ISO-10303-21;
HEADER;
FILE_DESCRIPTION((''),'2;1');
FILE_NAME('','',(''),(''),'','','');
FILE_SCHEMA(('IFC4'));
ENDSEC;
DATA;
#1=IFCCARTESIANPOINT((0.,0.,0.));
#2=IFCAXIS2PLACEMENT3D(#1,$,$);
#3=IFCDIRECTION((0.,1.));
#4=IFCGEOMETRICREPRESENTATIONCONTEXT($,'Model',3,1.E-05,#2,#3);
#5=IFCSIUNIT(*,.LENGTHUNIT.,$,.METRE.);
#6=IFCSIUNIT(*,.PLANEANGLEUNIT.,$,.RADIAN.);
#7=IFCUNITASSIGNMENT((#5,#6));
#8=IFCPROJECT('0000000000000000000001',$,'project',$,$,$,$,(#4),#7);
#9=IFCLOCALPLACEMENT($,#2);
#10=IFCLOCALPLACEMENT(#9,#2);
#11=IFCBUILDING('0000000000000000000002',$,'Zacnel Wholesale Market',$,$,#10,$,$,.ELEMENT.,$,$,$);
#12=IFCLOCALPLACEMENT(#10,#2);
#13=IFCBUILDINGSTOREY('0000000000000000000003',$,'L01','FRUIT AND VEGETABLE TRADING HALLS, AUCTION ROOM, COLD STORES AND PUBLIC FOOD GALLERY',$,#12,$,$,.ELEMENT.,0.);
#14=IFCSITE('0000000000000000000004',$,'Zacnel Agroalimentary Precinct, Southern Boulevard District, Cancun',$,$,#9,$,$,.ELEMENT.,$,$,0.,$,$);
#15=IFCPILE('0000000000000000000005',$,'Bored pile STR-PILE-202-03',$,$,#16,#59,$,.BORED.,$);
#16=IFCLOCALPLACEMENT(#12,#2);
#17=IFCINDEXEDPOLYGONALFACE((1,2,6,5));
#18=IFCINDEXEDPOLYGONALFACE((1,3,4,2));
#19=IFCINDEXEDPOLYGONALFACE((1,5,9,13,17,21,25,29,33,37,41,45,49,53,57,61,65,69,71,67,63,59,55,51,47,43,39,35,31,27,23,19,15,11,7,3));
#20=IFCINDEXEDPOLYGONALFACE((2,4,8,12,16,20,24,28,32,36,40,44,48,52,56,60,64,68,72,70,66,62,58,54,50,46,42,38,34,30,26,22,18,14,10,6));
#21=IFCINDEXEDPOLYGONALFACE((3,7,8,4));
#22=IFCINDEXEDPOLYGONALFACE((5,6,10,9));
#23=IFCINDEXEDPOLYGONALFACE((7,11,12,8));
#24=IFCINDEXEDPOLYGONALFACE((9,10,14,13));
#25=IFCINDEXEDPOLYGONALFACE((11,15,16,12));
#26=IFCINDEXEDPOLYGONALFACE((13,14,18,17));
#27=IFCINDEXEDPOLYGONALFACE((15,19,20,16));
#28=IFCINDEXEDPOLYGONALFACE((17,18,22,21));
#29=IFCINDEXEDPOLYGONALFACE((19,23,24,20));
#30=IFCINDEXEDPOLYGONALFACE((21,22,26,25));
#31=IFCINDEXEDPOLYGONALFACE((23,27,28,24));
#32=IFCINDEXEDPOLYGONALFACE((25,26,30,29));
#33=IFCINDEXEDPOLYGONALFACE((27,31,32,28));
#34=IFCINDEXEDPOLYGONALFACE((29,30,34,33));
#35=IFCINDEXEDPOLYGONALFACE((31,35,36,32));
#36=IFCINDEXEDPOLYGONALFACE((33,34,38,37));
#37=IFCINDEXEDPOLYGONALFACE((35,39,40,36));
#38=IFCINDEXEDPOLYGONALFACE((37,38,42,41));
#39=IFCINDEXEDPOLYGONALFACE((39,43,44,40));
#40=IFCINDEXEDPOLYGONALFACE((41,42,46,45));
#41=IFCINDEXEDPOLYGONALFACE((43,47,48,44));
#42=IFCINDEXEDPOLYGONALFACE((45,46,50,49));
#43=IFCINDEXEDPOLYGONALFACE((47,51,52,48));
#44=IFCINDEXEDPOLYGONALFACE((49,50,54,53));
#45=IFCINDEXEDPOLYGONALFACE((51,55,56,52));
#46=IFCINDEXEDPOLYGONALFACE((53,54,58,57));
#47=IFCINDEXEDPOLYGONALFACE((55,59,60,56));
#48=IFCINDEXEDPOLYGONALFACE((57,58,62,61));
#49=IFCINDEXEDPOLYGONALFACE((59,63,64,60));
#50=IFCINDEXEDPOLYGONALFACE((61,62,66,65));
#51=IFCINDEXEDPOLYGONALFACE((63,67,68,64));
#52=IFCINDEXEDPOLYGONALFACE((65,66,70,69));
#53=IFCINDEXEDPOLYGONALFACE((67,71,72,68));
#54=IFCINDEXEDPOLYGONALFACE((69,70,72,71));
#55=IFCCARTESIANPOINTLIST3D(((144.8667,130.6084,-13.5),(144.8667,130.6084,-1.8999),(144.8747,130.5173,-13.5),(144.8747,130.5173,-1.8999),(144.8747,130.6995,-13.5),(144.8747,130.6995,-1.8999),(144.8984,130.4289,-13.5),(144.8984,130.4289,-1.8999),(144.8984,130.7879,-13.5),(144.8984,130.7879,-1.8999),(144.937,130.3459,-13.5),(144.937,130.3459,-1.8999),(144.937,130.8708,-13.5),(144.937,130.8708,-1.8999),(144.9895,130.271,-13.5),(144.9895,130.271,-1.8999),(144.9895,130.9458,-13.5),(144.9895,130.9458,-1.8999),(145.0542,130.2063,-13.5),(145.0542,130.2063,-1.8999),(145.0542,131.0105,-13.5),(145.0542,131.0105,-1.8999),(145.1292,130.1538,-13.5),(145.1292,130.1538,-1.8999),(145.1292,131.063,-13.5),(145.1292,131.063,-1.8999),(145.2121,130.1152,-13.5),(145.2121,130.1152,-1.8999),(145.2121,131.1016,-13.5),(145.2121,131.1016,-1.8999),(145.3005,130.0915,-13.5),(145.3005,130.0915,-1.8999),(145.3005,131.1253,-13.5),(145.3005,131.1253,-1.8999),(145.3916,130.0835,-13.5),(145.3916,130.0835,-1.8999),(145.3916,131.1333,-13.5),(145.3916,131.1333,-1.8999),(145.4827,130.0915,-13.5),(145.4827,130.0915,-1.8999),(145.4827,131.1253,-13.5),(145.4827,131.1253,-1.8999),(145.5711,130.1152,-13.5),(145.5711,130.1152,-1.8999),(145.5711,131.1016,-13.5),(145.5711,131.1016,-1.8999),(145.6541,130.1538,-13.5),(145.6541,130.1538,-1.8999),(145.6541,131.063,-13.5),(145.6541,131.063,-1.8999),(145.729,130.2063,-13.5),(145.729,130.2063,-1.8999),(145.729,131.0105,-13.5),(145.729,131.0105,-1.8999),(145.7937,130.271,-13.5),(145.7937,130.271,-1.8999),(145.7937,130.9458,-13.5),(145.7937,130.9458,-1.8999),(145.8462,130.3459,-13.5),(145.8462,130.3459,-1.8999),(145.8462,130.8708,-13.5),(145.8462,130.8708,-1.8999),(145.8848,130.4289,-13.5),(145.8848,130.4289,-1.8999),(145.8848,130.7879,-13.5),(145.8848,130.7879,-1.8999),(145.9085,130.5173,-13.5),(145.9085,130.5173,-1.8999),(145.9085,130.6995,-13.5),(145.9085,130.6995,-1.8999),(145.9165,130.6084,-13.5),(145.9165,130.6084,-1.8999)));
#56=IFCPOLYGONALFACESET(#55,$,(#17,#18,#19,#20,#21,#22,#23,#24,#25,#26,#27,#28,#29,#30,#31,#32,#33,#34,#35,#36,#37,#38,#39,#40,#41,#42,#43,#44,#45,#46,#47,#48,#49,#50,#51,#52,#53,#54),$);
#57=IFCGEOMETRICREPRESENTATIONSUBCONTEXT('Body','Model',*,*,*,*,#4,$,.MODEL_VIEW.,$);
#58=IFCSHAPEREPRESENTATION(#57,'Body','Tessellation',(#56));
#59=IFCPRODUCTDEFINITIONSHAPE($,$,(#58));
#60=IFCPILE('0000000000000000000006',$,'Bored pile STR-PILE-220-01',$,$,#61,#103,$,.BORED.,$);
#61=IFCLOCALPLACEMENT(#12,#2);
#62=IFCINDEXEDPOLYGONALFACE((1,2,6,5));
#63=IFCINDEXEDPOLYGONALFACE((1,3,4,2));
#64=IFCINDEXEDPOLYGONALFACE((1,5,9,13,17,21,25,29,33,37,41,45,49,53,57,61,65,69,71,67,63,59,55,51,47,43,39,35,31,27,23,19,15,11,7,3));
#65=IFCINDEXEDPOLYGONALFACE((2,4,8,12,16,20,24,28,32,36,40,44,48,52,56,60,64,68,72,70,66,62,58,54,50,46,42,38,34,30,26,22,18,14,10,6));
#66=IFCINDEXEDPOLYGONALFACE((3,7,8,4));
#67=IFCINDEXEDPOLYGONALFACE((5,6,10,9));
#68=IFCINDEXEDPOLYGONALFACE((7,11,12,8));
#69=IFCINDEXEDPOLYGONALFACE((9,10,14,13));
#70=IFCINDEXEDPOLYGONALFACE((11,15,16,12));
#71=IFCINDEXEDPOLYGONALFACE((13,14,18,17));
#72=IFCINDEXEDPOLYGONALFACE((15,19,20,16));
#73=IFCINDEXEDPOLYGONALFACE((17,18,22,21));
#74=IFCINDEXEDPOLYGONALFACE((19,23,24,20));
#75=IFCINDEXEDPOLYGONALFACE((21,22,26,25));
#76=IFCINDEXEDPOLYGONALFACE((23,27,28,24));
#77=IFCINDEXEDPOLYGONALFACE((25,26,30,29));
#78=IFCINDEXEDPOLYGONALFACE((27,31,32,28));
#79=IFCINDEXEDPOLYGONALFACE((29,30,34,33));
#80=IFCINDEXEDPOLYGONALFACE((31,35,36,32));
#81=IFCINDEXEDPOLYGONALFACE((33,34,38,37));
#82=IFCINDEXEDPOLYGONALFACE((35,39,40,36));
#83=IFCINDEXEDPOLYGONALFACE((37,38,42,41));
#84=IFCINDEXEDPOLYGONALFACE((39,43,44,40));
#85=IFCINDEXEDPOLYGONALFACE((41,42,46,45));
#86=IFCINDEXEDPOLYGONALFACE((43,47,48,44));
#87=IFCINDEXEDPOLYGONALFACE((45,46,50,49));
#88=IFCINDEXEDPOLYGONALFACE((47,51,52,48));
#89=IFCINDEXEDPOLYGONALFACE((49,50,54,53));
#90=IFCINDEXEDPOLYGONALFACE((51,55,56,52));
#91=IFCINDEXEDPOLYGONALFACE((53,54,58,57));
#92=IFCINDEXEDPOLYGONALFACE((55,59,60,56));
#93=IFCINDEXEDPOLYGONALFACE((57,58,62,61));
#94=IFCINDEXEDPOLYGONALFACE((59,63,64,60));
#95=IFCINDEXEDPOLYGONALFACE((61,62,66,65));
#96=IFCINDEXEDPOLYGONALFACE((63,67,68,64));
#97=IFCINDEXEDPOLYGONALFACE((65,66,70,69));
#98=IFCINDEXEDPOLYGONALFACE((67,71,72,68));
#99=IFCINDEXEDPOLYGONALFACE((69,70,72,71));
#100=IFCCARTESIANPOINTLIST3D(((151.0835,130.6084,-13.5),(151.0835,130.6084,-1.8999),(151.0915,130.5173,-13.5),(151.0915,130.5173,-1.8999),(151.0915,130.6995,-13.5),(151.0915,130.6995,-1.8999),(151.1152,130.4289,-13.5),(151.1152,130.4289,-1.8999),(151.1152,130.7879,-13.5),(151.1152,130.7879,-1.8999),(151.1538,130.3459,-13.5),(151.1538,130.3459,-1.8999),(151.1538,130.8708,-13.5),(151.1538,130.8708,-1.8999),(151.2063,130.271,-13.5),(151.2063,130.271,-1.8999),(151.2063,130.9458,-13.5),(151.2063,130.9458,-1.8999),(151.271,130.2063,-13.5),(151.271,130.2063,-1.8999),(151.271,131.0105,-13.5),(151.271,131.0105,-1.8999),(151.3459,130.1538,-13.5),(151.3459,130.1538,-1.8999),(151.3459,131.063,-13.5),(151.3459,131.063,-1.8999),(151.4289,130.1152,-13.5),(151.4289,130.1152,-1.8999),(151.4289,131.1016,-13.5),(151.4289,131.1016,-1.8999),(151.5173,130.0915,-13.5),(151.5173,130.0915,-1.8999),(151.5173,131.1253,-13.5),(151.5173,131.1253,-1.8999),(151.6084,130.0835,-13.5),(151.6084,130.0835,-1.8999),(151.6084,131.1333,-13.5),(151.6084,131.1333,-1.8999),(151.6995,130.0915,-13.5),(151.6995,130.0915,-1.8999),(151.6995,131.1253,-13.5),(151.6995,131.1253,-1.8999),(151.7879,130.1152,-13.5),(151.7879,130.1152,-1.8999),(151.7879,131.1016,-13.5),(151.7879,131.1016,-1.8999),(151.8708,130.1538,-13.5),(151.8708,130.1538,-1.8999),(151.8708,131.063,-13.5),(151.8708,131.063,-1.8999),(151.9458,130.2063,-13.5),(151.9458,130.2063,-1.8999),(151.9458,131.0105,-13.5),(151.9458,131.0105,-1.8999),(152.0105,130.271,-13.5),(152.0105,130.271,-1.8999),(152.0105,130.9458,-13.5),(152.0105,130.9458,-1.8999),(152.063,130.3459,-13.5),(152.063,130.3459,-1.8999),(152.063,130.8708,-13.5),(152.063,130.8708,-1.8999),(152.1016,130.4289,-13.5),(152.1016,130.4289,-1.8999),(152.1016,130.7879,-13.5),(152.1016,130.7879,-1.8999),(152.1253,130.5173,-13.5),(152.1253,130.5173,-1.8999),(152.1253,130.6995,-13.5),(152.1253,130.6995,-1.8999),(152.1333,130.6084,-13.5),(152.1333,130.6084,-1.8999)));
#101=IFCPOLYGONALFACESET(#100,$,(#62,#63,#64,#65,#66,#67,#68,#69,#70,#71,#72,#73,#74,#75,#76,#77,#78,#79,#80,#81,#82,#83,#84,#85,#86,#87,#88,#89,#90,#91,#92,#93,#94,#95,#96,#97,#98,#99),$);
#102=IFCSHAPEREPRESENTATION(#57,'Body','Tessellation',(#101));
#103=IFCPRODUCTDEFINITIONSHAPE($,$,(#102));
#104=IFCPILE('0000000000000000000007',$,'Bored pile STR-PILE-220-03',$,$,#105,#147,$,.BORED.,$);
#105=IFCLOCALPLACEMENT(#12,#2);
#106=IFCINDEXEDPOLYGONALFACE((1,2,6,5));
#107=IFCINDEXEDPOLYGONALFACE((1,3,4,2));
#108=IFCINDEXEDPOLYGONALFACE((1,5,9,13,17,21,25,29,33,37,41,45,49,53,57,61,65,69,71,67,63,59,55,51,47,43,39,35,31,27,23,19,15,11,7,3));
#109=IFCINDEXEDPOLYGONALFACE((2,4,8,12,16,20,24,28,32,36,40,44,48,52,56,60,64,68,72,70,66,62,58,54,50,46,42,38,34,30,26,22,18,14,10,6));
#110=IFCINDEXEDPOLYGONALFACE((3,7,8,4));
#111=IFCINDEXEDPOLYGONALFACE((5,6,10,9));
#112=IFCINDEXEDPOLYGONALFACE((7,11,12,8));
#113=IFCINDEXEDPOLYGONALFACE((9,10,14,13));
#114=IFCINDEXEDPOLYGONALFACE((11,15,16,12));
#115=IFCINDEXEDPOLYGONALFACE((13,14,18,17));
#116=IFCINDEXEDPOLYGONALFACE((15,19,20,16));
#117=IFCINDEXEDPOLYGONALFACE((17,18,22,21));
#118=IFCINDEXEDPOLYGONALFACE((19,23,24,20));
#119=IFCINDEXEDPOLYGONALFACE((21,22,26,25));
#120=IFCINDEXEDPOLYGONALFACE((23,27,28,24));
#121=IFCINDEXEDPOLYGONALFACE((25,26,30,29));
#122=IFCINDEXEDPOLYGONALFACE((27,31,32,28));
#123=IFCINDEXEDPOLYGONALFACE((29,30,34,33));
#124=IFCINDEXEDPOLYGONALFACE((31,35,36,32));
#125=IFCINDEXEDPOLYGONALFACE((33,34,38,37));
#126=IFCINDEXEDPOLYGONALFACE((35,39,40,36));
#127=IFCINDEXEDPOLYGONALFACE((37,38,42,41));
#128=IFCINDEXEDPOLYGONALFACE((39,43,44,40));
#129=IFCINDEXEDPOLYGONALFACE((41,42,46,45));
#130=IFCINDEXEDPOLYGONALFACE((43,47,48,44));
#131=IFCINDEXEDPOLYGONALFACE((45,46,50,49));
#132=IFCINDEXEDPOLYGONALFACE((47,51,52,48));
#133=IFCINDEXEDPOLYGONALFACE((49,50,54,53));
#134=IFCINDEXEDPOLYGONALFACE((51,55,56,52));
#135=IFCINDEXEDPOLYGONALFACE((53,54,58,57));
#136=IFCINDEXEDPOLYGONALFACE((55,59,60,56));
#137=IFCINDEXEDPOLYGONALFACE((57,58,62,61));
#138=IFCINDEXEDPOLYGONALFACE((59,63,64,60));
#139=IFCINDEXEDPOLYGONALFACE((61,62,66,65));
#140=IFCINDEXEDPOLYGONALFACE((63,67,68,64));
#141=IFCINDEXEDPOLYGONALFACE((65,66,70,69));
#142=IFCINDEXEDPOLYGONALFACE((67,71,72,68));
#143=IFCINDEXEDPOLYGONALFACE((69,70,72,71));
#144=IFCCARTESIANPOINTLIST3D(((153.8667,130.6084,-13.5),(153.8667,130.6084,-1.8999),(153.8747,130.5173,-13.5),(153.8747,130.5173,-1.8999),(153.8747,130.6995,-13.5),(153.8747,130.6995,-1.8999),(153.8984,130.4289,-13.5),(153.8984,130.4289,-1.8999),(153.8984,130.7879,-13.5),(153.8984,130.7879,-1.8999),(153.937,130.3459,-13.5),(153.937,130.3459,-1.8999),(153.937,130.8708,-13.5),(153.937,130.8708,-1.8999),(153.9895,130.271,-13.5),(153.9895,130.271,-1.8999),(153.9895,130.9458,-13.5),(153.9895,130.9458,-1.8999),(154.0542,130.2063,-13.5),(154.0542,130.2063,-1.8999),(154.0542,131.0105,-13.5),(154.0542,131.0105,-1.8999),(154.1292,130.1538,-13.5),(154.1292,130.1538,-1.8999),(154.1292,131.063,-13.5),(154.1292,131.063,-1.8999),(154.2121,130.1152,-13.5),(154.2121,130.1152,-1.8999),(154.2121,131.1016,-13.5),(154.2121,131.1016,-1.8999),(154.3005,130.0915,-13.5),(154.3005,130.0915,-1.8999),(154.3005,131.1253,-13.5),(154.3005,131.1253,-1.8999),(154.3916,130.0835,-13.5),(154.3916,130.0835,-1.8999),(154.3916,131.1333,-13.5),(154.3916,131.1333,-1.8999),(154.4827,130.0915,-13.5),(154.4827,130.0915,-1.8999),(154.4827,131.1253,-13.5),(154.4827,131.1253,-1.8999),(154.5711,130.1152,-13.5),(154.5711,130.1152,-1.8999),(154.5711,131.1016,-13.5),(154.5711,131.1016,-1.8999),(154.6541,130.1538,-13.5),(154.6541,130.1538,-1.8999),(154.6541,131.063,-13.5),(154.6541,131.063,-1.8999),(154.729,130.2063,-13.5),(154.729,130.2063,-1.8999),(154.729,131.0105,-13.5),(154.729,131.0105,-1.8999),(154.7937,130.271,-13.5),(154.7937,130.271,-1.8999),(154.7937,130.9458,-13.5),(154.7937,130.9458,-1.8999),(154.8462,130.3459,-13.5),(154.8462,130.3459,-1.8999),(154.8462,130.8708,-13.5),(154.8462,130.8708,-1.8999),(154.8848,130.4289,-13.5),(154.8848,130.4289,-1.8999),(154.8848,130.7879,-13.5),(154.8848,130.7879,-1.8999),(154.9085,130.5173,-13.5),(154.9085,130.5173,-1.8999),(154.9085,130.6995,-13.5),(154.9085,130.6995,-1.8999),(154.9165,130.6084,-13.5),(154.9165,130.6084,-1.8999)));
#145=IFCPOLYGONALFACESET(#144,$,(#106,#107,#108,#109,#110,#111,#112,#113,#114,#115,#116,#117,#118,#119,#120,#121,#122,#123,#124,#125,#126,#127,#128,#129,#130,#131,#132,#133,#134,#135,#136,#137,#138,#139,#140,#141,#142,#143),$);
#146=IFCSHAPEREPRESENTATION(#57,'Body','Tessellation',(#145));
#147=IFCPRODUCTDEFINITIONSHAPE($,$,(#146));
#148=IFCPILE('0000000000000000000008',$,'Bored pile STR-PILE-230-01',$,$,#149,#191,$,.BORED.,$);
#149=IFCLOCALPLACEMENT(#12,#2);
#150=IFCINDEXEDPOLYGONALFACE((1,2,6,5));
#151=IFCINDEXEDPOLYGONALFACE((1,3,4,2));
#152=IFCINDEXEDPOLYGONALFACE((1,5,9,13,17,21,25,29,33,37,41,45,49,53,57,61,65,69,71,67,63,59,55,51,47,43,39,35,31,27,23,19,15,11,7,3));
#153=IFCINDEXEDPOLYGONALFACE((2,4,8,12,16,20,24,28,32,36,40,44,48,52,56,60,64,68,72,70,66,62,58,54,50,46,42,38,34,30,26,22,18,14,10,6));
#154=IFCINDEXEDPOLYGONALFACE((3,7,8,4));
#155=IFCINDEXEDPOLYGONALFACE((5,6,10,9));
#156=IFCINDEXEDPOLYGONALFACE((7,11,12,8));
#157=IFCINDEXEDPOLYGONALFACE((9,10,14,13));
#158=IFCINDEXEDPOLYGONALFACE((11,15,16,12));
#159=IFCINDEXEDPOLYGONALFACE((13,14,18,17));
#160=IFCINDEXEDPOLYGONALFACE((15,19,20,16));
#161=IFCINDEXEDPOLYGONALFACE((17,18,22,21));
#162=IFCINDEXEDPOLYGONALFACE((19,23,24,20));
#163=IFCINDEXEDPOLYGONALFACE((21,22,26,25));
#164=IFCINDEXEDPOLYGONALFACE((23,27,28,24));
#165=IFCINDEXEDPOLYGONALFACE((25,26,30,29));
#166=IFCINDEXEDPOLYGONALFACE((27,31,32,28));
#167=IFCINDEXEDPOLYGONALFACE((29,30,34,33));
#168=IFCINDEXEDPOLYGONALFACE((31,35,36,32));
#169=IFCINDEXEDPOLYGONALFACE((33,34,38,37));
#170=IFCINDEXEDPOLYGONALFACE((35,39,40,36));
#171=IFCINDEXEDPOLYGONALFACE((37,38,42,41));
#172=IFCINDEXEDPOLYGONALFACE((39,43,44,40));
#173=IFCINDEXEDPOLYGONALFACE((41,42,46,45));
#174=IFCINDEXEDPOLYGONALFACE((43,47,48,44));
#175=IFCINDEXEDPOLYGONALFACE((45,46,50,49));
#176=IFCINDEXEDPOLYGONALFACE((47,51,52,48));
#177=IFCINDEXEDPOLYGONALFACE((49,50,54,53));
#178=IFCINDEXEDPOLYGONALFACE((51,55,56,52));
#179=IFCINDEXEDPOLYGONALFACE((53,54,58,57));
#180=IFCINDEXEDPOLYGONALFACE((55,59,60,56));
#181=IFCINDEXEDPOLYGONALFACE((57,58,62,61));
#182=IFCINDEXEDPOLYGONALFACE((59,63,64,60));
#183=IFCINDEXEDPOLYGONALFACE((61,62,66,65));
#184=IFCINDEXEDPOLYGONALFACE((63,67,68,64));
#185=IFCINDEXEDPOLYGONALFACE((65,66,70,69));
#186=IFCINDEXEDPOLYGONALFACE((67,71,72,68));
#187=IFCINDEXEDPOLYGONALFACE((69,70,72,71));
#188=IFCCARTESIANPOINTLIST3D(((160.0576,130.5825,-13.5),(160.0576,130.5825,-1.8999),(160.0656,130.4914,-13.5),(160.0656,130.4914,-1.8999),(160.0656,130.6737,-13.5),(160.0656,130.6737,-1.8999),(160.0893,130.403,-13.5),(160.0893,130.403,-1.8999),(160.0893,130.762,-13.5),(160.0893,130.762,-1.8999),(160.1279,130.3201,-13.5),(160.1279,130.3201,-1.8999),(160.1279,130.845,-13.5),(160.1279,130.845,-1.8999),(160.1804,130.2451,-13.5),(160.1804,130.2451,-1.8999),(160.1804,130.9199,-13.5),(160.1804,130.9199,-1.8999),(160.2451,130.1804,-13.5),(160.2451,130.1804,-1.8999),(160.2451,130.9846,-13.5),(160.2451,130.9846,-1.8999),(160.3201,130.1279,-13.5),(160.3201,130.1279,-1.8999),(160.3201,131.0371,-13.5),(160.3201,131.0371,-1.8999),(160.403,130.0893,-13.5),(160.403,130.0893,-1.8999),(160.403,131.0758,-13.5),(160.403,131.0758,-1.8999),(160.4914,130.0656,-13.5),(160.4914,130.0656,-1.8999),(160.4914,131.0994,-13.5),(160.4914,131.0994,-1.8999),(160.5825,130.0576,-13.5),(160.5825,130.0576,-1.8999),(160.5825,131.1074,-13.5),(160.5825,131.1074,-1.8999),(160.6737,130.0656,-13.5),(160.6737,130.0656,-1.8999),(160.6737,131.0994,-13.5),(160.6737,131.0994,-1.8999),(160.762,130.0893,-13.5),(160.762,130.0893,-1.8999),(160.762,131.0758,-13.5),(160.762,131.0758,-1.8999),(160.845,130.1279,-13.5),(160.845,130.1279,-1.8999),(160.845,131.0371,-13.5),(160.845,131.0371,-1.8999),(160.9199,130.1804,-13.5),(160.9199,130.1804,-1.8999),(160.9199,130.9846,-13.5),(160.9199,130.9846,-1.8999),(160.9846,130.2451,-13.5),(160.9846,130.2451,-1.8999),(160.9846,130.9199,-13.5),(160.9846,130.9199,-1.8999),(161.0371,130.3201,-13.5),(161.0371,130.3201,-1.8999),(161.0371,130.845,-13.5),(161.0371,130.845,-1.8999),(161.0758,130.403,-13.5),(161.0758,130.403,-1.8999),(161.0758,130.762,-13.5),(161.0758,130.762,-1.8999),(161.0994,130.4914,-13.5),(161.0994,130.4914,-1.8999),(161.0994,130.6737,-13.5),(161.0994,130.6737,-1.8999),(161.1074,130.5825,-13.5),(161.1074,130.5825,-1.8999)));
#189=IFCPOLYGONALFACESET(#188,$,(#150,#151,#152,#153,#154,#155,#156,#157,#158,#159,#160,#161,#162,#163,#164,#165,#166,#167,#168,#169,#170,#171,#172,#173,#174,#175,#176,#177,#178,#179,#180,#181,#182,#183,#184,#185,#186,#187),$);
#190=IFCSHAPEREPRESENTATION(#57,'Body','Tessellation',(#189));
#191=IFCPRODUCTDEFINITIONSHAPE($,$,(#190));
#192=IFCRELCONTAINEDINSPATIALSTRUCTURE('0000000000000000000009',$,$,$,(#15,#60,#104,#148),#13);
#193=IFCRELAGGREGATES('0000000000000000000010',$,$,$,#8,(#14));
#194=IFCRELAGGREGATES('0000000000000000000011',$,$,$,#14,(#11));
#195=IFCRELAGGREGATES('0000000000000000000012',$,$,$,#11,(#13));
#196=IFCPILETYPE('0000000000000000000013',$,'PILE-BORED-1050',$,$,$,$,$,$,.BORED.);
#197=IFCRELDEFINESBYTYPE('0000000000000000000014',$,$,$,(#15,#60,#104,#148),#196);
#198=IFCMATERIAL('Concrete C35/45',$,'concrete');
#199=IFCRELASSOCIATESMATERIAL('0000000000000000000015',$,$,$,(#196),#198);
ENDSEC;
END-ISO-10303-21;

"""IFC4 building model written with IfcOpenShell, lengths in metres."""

from ifc_helpers import new_model, si_unit, direction, frame, origin, origin_2d, place, context, subcontext, project, spatial, circle, extrude, material, material_profile, profile_set, type_object, element, save


model = new_model("IFC4")

# Units and contexts
model_context = context("Model", 3, precision=1e-05, world=origin(), true_north=direction((0.0, 1.0)))
body_context = subcontext(model_context, "Body", "Model", "MODEL_VIEW")
ifc_project = project(units=[si_unit("LENGTHUNIT", "METRE"), si_unit("PLANEANGLEUNIT", "RADIAN")], contexts=[model_context])

# Site, building, storey
site_placement = place(None, origin())
site = spatial("IfcSite", under=ifc_project, at=site_placement, Name="Zacnel Agroalimentary Precinct, Southern Boulevard District, Cancun", CompositionType="ELEMENT", RefElevation=0.0)
building_placement = place(site_placement, origin())
building = spatial("IfcBuilding", under=site, at=building_placement, Name="Zacnel Wholesale Market", CompositionType="ELEMENT")
storey_placement = place(building_placement, origin())
storey = spatial("IfcBuildingStorey", under=building, at=storey_placement, Name="L01", Description="FRUIT AND VEGETABLE TRADING HALLS, AUCTION ROOM, COLD STORES AND PUBLIC FOOD GALLERY", CompositionType="ELEMENT", Elevation=0.0)

# Piles
ifc_material_1 = material(Name="Concrete C35/45", Category="concrete")
ifc_material_profile_1 = material_profile(ifc_material_1, circle(Radius=0.5249, at=origin_2d()), Name="BORED PILE D1050")
ifc_profile_set_1 = profile_set([ifc_material_profile_1], Name="Concrete C35/45")
pile_type_1 = type_object("IfcPileType", Name="PILE-BORED-1050", PredefinedType="BORED", material=ifc_profile_set_1)
for number, where, z_axis, x_axis, name in (
    (1, (145.3916, 130.6084, -1.8999), (0.0, 0.0, -1.0), (1.0, 0.0, 0.0), "Bored pile STR-PILE-202-03"),
    (2, (151.6084, 130.6084, -1.8999), (0.0, 0.0, -1.0), (1.0, 0.0, 0.0), "Bored pile STR-PILE-220-01"),
    (3, (154.3916, 130.6084, -1.8999), (0.0, 0.0, -1.0), (1.0, 0.0, 0.0), "Bored pile STR-PILE-220-03"),
    (4, (160.5825, 130.5825, -1.8999), (0.0, 0.0, -1.0), (1.0, 0.0, 0.0), "Bored pile STR-PILE-230-01"),
):
    element("IfcPile", number, at=place(storey_placement, frame(where, z_axis=z_axis, x_axis=x_axis)), inside=storey, type_object=pile_type_1, Name=name, PredefinedType="BORED", context=body_context, shape_type="SweptSolid", body=[
        extrude(circle(Radius=0.5249, at=origin_2d()), origin(), (0.0, 0.0, 1.0), 11.6001),
    ])

save(model, "model.ifc")
